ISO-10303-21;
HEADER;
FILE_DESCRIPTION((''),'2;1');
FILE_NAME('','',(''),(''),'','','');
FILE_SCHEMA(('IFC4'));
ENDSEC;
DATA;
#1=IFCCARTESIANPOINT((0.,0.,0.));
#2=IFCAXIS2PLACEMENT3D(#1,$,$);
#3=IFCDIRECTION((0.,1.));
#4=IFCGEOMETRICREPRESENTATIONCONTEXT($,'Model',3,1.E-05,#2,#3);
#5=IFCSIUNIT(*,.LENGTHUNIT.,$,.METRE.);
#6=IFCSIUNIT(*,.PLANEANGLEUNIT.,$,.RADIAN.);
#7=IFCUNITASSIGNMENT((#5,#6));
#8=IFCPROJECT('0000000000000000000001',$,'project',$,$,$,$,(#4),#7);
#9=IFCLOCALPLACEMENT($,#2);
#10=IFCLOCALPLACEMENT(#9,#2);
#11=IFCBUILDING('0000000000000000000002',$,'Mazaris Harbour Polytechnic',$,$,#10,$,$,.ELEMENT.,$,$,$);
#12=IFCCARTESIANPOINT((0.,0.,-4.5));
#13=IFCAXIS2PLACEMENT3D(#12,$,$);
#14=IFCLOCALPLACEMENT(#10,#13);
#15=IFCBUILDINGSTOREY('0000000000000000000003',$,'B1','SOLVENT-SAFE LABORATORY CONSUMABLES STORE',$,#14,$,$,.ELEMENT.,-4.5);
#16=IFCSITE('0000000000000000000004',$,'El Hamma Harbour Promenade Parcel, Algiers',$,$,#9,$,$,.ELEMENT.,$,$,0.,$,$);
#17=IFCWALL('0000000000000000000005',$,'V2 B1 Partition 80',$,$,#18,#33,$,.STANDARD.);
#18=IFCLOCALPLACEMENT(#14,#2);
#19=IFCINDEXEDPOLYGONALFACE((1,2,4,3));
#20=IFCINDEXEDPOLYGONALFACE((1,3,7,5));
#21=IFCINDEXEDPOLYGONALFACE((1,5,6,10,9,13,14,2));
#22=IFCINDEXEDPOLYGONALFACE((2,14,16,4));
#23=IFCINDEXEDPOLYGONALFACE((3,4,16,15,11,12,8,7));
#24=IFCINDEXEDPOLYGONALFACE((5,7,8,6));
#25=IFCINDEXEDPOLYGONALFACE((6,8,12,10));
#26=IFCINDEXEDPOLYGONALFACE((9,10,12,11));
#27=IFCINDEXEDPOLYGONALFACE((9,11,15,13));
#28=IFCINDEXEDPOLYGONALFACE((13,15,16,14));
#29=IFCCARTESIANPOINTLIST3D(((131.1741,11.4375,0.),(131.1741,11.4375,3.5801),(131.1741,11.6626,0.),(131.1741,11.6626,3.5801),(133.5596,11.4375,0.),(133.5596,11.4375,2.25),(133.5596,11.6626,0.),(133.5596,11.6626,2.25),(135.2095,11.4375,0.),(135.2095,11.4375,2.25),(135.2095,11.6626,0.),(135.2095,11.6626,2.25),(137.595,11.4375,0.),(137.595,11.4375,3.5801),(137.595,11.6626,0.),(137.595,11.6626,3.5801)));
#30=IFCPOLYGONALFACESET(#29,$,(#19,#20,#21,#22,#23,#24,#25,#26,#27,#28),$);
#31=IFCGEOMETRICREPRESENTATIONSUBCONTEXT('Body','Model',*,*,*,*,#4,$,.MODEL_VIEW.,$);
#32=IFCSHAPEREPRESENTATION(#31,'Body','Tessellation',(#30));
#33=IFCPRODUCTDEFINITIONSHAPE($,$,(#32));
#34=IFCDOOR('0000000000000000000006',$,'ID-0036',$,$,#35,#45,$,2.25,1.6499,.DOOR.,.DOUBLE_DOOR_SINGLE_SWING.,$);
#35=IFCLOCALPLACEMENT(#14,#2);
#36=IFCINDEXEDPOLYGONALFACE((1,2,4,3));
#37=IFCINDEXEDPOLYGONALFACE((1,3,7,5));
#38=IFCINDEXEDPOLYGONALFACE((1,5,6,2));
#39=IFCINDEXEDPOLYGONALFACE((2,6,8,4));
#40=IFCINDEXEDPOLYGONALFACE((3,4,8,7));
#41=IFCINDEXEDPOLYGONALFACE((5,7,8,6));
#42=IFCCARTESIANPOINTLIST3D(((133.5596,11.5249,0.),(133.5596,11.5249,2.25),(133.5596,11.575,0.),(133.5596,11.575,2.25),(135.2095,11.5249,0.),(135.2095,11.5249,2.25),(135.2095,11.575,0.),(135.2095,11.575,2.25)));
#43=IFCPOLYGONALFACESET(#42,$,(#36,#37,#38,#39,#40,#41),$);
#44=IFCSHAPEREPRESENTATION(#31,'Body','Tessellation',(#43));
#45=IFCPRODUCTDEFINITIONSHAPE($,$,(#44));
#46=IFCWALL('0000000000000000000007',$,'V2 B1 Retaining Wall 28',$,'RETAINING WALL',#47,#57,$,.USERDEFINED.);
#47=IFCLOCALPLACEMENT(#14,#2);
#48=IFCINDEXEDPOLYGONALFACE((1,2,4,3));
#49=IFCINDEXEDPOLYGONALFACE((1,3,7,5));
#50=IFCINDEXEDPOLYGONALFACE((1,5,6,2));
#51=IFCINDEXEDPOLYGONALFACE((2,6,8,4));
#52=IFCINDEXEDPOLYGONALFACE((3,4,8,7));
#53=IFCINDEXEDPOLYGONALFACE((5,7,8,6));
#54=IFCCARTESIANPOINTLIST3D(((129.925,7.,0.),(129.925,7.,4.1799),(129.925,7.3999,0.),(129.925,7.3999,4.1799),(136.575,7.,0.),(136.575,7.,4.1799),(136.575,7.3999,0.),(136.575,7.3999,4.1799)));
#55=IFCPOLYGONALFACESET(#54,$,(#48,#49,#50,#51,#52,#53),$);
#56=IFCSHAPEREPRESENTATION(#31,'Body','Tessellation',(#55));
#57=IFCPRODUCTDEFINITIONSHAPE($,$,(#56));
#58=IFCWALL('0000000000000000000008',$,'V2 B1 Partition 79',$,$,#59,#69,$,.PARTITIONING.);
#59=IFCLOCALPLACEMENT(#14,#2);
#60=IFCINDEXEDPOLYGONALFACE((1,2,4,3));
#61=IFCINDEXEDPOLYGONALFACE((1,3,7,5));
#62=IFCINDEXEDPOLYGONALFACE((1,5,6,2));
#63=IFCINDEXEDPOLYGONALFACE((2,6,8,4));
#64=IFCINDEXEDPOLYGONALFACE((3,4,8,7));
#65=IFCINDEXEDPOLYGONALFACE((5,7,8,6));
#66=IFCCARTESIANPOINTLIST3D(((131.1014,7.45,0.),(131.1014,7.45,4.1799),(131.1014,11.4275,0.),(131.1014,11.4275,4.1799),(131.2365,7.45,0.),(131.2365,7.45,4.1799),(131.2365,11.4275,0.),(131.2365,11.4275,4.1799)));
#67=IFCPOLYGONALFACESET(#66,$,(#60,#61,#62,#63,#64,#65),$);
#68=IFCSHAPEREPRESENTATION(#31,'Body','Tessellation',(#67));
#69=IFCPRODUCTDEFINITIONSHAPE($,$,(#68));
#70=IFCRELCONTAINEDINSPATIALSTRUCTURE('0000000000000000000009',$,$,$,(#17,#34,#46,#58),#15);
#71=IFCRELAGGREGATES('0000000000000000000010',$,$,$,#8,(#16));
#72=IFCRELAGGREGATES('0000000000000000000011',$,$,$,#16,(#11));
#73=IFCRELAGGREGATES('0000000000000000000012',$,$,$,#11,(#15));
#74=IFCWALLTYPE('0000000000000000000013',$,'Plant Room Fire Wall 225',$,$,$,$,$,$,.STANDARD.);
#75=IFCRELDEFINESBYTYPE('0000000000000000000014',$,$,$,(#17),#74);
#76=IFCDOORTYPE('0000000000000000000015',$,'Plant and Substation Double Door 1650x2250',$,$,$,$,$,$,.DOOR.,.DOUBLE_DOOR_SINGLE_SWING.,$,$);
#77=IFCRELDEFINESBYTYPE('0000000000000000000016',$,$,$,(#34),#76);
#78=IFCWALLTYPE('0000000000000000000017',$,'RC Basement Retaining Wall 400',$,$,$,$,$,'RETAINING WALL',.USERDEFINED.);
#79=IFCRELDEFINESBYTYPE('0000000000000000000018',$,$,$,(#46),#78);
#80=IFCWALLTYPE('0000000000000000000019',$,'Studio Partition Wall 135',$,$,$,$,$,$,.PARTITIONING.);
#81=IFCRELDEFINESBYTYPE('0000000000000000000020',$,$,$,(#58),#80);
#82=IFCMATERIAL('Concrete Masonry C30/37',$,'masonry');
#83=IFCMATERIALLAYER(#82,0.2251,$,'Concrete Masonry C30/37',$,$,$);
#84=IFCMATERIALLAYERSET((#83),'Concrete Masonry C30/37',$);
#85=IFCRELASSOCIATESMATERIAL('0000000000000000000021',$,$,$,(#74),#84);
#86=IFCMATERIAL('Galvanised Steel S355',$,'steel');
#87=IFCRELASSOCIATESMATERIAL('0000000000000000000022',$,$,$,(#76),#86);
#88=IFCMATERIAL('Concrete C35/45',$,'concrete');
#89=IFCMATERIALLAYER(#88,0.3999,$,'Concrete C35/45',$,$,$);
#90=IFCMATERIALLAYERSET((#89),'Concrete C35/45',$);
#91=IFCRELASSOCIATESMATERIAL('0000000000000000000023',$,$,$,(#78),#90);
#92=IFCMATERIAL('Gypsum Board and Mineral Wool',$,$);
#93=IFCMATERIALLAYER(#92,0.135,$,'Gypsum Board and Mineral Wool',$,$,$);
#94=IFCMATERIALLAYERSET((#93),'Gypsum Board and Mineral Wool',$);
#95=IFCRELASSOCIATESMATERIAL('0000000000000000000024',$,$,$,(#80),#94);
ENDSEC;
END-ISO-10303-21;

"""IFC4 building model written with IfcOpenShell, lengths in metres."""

from ifc_helpers import new_model, si_unit, direction, frame, frame_2d, origin, place, context, subcontext, project, spatial, rectangle, extrude, material, layer, layer_set, type_object, element, fill, save


model = new_model("IFC4")

# Units and contexts
model_context = context("Model", 3, precision=1e-05, world=origin(), true_north=direction((0.0, 1.0)))
body_context = subcontext(model_context, "Body", "Model", "MODEL_VIEW")
ifc_project = project(units=[si_unit("LENGTHUNIT", "METRE"), si_unit("PLANEANGLEUNIT", "RADIAN")], contexts=[model_context])

# Site, building, storey
site_placement = place(None, origin())
site = spatial("IfcSite", under=ifc_project, at=site_placement, Name="El Hamma Harbour Promenade Parcel, Algiers", CompositionType="ELEMENT", RefElevation=0.0)
building_placement = place(site_placement, origin())
building = spatial("IfcBuilding", under=site, at=building_placement, Name="Mazaris Harbour Polytechnic", CompositionType="ELEMENT")
storey_placement = place(building_placement, frame((0.0, 0.0, -4.5)))
storey = spatial("IfcBuildingStorey", under=building, at=storey_placement, Name="B1", Description="SOLVENT-SAFE LABORATORY CONSUMABLES STORE", CompositionType="ELEMENT", Elevation=-4.5)

# Wall, opening, door
ifc_material_1 = material(Name="Concrete Masonry C30/37", Category="masonry")
ifc_layer_1 = layer(ifc_material_1, 0.2251, Name="Concrete Masonry C30/37")
ifc_layer_set_1 = layer_set([ifc_layer_1], Name="Concrete Masonry C30/37")
wall_type_1 = type_object("IfcWallType", Name="Plant Room Fire Wall 225", PredefinedType="STANDARD", material=ifc_layer_set_1)
wall_1_placement = place(storey_placement, frame((131.1741, 11.55, 0.0), z_axis=(0.0, 0.0, 1.0), x_axis=(1.0, 0.0, 0.0)))
wall_1 = element("IfcWall", 1, at=wall_1_placement, inside=storey, type_object=wall_type_1, Name="V2 B1 Partition 80", PredefinedType="STANDARD", context=body_context, shape_type="SweptSolid", body=[
    extrude(rectangle(XDim=6.4209, YDim=0.2251, at=frame_2d((3.2104, 0.0))), origin(), (0.0, 0.0, 1.0), 3.5801),
])
opening_1_placement = place(wall_1_placement, frame((2.3855, 0.0, 0.0)))
opening_1 = element("IfcOpeningElement", 2, at=opening_1_placement, cuts=wall_1, PredefinedType="OPENING", context=body_context, shape_type="SweptSolid", body=[
    extrude(rectangle(XDim=1.6499, YDim=2.25, at=frame_2d((0.825, 1.125))), frame((0.0, 0.1226, 0.0), z_axis=(0.0, -1.0, 0.0), x_axis=(1.0, 0.0, 0.0)), (0.0, 0.0, 1.0), 0.2451),
])
ifc_material_2 = material(Name="Galvanised Steel S355", Category="steel")
door_type_1 = type_object("IfcDoorType", Name="Plant and Substation Double Door 1650x2250", OperationType="DOUBLE_DOOR_SINGLE_SWING", PredefinedType="DOOR", material=ifc_material_2)
door_1_placement = place(opening_1_placement, origin())
door_1 = element("IfcDoor", 3, at=door_1_placement, inside=storey, type_object=door_type_1, Name="ID-0036", OperationType="DOUBLE_DOOR_SINGLE_SWING", OverallHeight=2.25, OverallWidth=1.6499, PredefinedType="DOOR", context=body_context, shape_type="SweptSolid", body=[
    extrude(rectangle(XDim=1.6499, YDim=2.25, at=frame_2d((0.825, 1.125))), frame((0.0, 0.0249, 0.0), z_axis=(0.0, -1.0, 0.0), x_axis=(1.0, 0.0, 0.0)), (0.0, 0.0, 1.0), 0.05),
])
fill(opening_1, door_1)

# Walls
ifc_material_3 = material(Name="Concrete C35/45", Category="concrete")
ifc_layer_2 = layer(ifc_material_3, 0.3999, Name="Concrete C35/45")
ifc_layer_set_2 = layer_set([ifc_layer_2], Name="Concrete C35/45")
wall_type_2 = type_object("IfcWallType", Name="RC Basement Retaining Wall 400", ElementType="RETAINING WALL", PredefinedType="USERDEFINED", material=ifc_layer_set_2)
wall_2_placement = place(storey_placement, frame((129.925, 7.2, 0.0), z_axis=(0.0, 0.0, 1.0), x_axis=(1.0, 0.0, 0.0)))
element("IfcWall", 4, at=wall_2_placement, inside=storey, type_object=wall_type_2, Name="V2 B1 Retaining Wall 28", ObjectType="RETAINING WALL", PredefinedType="USERDEFINED", context=body_context, shape_type="SweptSolid", body=[
    extrude(rectangle(XDim=6.6499, YDim=0.3999, at=frame_2d((3.325, 0.0))), origin(), (0.0, 0.0, 1.0), 4.1799),
])
ifc_material_4 = material(Name="Gypsum Board and Mineral Wool")
ifc_layer_3 = layer(ifc_material_4, 0.135, Name="Gypsum Board and Mineral Wool")
ifc_layer_set_3 = layer_set([ifc_layer_3], Name="Gypsum Board and Mineral Wool")
wall_type_3 = type_object("IfcWallType", Name="Studio Partition Wall 135", PredefinedType="PARTITIONING", material=ifc_layer_set_3)
wall_3_placement = place(storey_placement, frame((131.1689, 7.45, 0.0), z_axis=(0.0, 0.0, 1.0), x_axis=(0.0, 1.0, 0.0)))
element("IfcWall", 5, at=wall_3_placement, inside=storey, type_object=wall_type_3, Name="V2 B1 Partition 79", PredefinedType="PARTITIONING", context=body_context, shape_type="SweptSolid", body=[
    extrude(rectangle(XDim=3.9775, YDim=0.135, at=frame_2d((1.9888, 0.0))), origin(), (0.0, 0.0, 1.0), 4.1799),
])

save(model, "model.ifc")
